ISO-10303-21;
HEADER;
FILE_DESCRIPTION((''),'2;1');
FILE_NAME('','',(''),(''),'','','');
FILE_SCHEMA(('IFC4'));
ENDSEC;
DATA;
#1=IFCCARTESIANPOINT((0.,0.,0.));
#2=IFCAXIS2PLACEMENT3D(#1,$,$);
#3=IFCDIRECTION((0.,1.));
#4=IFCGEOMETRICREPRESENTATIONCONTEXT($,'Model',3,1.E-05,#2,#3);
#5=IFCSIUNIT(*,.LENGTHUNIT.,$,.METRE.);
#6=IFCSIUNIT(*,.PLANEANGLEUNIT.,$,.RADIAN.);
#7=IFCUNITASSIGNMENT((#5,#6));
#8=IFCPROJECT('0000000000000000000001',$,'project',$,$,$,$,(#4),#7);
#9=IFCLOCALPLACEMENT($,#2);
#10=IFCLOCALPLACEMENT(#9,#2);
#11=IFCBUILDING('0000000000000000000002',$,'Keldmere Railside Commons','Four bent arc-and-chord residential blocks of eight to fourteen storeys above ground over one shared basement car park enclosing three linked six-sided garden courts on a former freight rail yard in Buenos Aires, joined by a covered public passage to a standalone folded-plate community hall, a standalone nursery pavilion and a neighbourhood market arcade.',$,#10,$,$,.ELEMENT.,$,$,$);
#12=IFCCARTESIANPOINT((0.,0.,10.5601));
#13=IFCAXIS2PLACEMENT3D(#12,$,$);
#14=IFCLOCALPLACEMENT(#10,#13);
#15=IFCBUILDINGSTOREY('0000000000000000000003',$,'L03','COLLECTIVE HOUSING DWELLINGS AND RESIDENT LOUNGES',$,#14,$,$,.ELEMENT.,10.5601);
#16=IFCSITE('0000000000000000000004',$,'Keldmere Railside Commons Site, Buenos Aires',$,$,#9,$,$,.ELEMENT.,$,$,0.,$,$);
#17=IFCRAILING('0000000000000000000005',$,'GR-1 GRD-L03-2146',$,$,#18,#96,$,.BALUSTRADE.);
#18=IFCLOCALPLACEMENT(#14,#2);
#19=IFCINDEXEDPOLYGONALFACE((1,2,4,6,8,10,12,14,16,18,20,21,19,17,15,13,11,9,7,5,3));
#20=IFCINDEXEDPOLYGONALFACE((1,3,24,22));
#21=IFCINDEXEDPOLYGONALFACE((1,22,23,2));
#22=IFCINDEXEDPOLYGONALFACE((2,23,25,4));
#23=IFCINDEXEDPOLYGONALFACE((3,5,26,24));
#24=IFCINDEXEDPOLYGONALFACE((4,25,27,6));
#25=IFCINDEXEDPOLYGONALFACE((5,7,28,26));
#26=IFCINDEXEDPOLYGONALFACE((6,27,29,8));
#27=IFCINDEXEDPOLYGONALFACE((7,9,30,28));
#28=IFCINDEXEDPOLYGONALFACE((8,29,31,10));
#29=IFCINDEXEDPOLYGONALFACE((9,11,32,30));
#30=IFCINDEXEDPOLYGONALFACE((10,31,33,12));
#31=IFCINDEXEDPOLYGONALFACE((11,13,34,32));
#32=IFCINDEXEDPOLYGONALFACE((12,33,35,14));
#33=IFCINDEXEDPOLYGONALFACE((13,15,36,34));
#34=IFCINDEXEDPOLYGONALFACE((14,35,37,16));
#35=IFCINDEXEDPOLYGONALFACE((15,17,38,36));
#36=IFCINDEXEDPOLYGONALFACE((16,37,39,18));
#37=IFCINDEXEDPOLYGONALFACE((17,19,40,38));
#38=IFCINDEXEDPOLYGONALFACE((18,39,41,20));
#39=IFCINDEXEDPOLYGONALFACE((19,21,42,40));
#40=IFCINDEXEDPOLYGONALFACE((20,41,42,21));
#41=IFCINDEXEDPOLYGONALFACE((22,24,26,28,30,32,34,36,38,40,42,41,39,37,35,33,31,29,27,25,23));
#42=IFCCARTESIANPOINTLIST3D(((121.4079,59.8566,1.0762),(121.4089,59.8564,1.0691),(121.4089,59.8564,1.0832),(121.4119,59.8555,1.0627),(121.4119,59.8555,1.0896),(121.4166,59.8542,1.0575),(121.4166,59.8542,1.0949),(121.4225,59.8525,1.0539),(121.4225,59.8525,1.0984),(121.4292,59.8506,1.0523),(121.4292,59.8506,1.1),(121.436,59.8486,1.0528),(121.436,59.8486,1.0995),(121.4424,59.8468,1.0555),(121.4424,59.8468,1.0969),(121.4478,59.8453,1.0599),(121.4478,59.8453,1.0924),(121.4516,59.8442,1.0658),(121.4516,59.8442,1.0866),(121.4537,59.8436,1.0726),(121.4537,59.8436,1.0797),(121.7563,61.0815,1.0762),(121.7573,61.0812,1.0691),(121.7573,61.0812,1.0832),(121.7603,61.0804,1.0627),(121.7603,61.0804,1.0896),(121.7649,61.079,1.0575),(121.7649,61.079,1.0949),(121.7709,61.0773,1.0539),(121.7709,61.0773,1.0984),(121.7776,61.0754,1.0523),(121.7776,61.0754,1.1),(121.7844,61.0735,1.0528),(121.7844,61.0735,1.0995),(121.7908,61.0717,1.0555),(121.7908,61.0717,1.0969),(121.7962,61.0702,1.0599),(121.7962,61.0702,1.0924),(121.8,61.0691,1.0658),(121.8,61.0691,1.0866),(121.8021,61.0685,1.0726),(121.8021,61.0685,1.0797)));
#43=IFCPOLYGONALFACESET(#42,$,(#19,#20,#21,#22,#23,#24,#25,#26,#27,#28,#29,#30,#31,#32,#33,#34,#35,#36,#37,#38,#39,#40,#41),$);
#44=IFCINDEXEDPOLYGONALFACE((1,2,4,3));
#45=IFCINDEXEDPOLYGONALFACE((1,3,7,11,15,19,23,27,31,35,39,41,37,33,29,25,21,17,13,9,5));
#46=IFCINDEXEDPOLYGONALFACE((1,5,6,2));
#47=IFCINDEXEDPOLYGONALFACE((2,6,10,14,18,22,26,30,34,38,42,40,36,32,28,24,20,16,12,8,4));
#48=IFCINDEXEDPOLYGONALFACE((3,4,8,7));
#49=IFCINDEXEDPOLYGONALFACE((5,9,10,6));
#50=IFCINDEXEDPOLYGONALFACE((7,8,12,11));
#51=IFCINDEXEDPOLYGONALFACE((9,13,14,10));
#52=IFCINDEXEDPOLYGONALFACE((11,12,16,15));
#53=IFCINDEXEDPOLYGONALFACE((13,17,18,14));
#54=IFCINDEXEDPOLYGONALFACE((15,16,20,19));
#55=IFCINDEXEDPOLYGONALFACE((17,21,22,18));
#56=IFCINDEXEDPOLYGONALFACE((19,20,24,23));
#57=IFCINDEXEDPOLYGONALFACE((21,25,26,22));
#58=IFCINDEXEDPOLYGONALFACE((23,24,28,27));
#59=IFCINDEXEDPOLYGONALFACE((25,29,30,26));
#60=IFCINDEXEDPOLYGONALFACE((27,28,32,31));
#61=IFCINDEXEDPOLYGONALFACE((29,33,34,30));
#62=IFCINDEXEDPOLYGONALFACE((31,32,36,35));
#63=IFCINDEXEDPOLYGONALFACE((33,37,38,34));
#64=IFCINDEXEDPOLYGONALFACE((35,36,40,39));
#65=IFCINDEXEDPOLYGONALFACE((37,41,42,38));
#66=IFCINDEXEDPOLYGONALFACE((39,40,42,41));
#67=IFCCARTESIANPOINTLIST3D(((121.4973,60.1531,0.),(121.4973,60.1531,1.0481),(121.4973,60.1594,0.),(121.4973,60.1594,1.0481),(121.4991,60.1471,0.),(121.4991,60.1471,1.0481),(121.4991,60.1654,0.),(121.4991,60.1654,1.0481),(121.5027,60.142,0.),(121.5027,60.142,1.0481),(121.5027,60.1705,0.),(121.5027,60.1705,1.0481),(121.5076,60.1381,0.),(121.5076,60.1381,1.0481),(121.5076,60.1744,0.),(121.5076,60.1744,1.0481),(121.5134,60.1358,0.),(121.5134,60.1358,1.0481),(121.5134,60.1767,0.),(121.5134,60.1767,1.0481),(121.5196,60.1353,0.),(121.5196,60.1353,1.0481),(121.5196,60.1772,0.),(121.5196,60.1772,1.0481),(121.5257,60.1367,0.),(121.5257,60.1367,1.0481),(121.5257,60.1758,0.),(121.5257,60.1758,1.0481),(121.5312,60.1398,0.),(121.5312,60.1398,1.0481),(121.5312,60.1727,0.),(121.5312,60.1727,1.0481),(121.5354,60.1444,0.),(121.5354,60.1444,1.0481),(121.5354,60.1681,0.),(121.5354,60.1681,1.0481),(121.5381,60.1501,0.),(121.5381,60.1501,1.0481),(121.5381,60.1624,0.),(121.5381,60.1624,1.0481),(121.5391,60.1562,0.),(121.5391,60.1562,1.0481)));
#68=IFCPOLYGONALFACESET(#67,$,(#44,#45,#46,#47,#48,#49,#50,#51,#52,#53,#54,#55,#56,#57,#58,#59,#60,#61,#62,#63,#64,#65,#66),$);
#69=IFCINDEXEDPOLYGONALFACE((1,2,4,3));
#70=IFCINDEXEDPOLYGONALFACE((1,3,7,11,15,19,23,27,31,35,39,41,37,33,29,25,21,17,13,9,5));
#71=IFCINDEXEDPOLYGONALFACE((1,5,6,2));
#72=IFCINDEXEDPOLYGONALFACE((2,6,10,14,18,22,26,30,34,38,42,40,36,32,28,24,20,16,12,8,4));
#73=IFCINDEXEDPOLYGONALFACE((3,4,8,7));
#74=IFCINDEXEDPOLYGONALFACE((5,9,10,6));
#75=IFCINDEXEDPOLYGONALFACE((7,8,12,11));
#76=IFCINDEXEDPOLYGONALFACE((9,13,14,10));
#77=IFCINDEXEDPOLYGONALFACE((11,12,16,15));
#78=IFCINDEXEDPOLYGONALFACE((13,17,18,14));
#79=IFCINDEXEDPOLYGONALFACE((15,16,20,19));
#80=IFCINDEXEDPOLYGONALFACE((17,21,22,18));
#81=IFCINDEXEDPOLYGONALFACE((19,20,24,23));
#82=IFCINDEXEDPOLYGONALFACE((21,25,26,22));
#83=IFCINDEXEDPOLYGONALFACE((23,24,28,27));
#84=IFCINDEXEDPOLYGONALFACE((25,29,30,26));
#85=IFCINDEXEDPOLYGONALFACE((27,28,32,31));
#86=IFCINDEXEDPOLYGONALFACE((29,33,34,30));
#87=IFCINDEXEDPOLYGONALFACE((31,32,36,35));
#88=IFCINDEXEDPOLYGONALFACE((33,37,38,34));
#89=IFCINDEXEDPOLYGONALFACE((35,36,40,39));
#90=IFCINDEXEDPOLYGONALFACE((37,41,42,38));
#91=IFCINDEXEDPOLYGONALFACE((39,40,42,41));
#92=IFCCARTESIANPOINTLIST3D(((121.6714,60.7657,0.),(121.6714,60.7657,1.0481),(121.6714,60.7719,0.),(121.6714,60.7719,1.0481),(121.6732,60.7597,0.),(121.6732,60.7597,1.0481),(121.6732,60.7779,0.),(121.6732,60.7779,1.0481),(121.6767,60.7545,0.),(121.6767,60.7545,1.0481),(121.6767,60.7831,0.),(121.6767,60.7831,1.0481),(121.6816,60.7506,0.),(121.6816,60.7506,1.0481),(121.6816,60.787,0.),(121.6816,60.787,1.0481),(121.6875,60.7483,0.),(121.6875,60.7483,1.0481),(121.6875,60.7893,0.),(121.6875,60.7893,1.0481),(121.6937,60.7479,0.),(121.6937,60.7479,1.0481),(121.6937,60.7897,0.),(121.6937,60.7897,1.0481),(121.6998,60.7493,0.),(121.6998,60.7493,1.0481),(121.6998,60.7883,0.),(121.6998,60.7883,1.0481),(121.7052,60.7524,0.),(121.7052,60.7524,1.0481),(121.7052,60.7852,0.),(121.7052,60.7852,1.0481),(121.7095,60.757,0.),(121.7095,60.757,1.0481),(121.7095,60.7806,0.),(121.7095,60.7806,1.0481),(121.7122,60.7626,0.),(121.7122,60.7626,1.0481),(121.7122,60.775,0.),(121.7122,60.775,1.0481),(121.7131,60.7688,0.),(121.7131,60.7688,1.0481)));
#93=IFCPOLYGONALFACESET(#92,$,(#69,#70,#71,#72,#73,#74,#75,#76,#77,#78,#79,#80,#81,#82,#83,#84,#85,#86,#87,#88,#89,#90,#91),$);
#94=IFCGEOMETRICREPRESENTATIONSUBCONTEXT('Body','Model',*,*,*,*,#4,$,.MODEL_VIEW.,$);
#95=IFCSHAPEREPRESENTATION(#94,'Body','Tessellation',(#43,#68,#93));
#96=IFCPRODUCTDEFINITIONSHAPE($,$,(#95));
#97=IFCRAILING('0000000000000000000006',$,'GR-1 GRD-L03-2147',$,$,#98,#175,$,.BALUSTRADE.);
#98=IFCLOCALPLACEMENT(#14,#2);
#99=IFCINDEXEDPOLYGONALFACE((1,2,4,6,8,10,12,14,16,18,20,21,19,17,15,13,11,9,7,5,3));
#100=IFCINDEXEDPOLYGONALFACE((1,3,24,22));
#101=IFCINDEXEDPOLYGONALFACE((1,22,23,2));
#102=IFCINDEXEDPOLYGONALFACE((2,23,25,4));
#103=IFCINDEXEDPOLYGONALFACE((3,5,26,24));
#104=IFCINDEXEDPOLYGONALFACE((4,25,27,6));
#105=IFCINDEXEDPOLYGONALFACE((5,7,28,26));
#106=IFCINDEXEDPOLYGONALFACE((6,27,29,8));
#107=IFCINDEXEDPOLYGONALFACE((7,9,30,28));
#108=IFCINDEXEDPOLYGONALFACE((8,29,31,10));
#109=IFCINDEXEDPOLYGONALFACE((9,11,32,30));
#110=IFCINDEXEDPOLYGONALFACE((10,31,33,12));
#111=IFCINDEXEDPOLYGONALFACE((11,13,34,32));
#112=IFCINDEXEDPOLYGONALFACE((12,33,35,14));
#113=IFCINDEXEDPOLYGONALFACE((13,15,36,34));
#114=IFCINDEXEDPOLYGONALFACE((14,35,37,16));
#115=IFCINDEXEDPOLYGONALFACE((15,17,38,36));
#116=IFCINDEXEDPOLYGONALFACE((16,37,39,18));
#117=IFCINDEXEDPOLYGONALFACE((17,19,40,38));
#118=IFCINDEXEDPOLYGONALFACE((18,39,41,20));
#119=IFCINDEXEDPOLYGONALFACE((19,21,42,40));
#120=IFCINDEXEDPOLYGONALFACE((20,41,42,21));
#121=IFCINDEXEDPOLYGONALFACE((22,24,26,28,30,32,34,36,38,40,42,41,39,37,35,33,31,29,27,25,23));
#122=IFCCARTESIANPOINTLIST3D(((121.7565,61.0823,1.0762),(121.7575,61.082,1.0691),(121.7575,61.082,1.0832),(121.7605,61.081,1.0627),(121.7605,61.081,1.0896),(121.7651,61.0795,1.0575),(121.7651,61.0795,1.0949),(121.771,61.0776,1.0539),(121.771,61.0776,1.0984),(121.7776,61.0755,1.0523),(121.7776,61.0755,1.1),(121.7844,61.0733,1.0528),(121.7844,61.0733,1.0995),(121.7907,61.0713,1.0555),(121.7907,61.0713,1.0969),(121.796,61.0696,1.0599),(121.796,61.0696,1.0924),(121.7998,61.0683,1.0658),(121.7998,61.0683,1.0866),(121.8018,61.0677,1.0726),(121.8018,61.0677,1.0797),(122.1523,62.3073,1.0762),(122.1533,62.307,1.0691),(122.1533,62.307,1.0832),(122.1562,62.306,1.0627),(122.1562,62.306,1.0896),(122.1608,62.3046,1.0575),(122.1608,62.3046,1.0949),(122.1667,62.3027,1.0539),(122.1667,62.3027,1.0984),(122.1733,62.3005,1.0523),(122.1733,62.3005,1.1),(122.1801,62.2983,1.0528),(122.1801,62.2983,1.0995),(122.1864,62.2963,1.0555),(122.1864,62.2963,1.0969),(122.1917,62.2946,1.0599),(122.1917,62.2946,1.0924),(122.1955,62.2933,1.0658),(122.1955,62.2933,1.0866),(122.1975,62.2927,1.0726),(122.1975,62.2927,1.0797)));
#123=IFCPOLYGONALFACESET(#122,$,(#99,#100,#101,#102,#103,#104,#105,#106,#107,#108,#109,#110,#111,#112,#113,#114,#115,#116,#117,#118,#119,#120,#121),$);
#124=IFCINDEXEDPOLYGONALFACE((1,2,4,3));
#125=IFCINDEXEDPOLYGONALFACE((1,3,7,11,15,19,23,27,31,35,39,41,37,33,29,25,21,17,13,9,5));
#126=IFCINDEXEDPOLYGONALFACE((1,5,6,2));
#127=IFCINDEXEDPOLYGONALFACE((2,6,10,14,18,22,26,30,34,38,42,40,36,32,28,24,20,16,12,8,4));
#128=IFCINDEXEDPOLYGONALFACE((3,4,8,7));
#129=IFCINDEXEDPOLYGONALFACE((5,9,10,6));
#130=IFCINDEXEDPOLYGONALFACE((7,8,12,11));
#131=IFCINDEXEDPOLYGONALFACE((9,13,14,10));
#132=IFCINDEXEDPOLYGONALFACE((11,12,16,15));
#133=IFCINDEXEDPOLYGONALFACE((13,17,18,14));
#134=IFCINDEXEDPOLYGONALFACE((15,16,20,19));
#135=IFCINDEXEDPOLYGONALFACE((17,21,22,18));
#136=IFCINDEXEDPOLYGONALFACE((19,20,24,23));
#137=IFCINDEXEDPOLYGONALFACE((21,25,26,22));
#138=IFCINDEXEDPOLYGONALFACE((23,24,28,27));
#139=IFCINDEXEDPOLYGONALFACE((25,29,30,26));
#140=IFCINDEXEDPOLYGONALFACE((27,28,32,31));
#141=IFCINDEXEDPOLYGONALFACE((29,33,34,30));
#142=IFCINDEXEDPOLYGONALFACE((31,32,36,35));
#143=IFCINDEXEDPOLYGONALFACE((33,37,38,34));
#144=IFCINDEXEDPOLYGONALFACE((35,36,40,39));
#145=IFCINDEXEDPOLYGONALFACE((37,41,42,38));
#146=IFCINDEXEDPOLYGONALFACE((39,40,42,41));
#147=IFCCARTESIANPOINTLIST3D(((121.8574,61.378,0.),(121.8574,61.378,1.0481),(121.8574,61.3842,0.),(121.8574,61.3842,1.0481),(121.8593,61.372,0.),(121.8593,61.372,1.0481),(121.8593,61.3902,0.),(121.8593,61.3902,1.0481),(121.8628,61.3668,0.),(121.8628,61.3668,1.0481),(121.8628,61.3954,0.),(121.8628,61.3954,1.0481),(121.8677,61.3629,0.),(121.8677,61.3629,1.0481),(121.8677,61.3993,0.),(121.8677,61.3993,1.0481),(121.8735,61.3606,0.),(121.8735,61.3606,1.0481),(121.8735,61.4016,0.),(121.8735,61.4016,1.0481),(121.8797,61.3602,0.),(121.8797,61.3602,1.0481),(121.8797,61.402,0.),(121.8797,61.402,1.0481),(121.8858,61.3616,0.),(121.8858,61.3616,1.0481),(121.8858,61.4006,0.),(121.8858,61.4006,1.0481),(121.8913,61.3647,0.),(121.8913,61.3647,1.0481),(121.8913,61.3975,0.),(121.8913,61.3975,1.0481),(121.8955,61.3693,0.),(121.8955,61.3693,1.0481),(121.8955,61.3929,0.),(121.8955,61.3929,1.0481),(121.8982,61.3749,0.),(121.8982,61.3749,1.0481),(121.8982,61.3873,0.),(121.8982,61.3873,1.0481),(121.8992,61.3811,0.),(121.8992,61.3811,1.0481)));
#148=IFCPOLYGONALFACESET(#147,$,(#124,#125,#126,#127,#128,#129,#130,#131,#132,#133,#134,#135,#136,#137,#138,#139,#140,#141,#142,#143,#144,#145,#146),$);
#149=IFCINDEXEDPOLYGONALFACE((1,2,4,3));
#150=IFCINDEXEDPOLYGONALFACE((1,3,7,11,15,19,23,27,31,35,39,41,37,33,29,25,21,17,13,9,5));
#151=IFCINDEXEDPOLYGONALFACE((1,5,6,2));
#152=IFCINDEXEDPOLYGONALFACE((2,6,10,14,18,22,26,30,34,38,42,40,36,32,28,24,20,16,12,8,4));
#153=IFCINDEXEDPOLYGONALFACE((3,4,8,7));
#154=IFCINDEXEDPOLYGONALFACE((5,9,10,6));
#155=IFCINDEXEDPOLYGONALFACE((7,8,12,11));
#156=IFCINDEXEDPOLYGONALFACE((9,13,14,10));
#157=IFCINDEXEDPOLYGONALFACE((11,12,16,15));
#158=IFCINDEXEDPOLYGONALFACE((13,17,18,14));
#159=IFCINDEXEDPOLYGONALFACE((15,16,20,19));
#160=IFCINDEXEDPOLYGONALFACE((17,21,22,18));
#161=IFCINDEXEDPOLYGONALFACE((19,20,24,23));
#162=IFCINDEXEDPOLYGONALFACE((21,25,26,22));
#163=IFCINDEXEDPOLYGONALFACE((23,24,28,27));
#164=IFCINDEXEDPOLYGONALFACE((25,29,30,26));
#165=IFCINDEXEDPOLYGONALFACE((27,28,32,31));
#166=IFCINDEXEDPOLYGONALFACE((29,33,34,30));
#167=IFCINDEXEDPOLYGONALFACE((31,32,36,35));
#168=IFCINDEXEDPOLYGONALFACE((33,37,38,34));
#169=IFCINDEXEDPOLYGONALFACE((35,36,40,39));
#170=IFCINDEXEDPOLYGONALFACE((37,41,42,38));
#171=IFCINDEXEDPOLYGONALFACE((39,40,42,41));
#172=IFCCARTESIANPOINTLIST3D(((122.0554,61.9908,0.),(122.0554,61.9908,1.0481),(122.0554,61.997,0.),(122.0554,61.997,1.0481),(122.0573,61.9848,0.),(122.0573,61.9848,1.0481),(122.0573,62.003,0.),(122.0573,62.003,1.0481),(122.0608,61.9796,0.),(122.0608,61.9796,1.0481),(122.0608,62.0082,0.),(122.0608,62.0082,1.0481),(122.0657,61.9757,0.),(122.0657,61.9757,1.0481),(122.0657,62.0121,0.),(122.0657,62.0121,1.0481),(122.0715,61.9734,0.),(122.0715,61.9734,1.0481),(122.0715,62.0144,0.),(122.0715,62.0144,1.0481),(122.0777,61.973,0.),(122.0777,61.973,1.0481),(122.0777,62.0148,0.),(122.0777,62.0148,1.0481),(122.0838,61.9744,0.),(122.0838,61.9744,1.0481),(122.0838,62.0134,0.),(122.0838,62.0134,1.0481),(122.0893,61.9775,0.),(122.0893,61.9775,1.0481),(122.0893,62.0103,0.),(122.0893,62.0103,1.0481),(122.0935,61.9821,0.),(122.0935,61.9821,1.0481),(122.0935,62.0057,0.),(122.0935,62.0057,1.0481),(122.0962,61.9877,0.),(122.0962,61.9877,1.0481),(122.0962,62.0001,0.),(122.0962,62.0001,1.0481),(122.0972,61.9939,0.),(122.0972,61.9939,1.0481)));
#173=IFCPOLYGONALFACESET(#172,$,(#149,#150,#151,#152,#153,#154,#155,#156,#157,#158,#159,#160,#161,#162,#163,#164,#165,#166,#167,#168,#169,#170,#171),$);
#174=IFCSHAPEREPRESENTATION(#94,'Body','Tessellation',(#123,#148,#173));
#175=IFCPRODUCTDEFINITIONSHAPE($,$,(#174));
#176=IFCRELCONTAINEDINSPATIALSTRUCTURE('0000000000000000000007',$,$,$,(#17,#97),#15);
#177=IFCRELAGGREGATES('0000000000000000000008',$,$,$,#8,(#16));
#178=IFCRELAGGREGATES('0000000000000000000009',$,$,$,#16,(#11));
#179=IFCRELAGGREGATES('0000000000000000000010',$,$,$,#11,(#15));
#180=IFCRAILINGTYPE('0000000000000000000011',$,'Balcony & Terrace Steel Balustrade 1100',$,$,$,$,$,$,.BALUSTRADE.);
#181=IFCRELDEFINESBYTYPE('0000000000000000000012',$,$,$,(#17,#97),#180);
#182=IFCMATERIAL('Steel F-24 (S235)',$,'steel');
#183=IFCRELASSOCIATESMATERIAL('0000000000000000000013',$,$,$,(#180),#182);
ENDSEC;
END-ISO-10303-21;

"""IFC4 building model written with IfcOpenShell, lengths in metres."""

from ifc_helpers import new_model, si_unit, direction, frame, origin, origin_2d, place, context, subcontext, project, spatial, circle, extrude, material, type_object, element, save


model = new_model("IFC4")

# Units and contexts
model_context = context("Model", 3, precision=1e-05, world=origin(), true_north=direction((0.0, 1.0)))
body_context = subcontext(model_context, "Body", "Model", "MODEL_VIEW")
ifc_project = project(units=[si_unit("LENGTHUNIT", "METRE"), si_unit("PLANEANGLEUNIT", "RADIAN")], contexts=[model_context])

# Site, building, storey
site_placement = place(None, origin())
site = spatial("IfcSite", under=ifc_project, at=site_placement, Name="Keldmere Railside Commons Site, Buenos Aires", CompositionType="ELEMENT", RefElevation=0.0)
building_placement = place(site_placement, origin())
building = spatial("IfcBuilding", under=site, at=building_placement, Name="Keldmere Railside Commons", Description="Four bent arc-and-chord residential blocks of eight to fourteen storeys above ground over one shared basement car park enclosing three linked six-sided garden courts on a former freight rail yard in Buenos Aires, joined by a covered public passage to a standalone folded-plate community hall, a standalone nursery pavilion and a neighbourhood market arcade.", CompositionType="ELEMENT")
storey_placement = place(building_placement, frame((0.0, 0.0, 10.5601)))
storey = spatial("IfcBuildingStorey", under=building, at=storey_placement, Name="L03", Description="COLLECTIVE HOUSING DWELLINGS AND RESIDENT LOUNGES", CompositionType="ELEMENT", Elevation=10.5601)

# Railings
ifc_material_1 = material(Name="Steel F-24 (S235)", Category="steel")
railing_type = type_object("IfcRailingType", Name="Balcony & Terrace Steel Balustrade 1100", PredefinedType="BALUSTRADE", material=ifc_material_1)
railing_1_placement = place(storey_placement, frame((121.4309, 59.8501, 0.0)))
element("IfcRailing", 1, at=railing_1_placement, inside=storey, type_object=railing_type, Name="GR-1 GRD-L03-2146", PredefinedType="BALUSTRADE", context=body_context, shape_type="SweptSolid", body=[
    extrude(circle(Radius=0.0239, at=origin_2d()), frame((0.0, 0.0, 1.0762), z_axis=(0.273581, 0.961849, 0.0), x_axis=(-0.961849, 0.273581, 0.0)), (0.0, 0.0, 1.0), 1.2734),
    extrude(circle(Radius=0.021, at=origin_2d()), frame((0.0872, 0.3062, 0.0)), (0.0, 0.0, 1.0), 1.0481),
    extrude(circle(Radius=0.021, at=origin_2d()), frame((0.2612, 0.9187, 0.0)), (0.0, 0.0, 1.0), 1.0481),
])
railing_2_placement = place(storey_placement, frame((121.7793, 61.075, 0.0)))
element("IfcRailing", 2, at=railing_2_placement, inside=storey, type_object=railing_type, Name="GR-1 GRD-L03-2147", PredefinedType="BALUSTRADE", context=body_context, shape_type="SweptSolid", body=[
    extrude(circle(Radius=0.0239, at=origin_2d()), frame((0.0, 0.0, 1.0762), z_axis=(0.307396, 0.951582, 0.0), x_axis=(-0.951582, 0.307396, 0.0)), (0.0, 0.0, 1.0), 1.2874),
    extrude(circle(Radius=0.021, at=origin_2d()), frame((0.0989, 0.3062, 0.0)), (0.0, 0.0, 1.0), 1.0481),
    extrude(circle(Radius=0.021, at=origin_2d()), frame((0.2969, 0.9189, 0.0)), (0.0, 0.0, 1.0), 1.0481),
])

save(model, "model.ifc")
